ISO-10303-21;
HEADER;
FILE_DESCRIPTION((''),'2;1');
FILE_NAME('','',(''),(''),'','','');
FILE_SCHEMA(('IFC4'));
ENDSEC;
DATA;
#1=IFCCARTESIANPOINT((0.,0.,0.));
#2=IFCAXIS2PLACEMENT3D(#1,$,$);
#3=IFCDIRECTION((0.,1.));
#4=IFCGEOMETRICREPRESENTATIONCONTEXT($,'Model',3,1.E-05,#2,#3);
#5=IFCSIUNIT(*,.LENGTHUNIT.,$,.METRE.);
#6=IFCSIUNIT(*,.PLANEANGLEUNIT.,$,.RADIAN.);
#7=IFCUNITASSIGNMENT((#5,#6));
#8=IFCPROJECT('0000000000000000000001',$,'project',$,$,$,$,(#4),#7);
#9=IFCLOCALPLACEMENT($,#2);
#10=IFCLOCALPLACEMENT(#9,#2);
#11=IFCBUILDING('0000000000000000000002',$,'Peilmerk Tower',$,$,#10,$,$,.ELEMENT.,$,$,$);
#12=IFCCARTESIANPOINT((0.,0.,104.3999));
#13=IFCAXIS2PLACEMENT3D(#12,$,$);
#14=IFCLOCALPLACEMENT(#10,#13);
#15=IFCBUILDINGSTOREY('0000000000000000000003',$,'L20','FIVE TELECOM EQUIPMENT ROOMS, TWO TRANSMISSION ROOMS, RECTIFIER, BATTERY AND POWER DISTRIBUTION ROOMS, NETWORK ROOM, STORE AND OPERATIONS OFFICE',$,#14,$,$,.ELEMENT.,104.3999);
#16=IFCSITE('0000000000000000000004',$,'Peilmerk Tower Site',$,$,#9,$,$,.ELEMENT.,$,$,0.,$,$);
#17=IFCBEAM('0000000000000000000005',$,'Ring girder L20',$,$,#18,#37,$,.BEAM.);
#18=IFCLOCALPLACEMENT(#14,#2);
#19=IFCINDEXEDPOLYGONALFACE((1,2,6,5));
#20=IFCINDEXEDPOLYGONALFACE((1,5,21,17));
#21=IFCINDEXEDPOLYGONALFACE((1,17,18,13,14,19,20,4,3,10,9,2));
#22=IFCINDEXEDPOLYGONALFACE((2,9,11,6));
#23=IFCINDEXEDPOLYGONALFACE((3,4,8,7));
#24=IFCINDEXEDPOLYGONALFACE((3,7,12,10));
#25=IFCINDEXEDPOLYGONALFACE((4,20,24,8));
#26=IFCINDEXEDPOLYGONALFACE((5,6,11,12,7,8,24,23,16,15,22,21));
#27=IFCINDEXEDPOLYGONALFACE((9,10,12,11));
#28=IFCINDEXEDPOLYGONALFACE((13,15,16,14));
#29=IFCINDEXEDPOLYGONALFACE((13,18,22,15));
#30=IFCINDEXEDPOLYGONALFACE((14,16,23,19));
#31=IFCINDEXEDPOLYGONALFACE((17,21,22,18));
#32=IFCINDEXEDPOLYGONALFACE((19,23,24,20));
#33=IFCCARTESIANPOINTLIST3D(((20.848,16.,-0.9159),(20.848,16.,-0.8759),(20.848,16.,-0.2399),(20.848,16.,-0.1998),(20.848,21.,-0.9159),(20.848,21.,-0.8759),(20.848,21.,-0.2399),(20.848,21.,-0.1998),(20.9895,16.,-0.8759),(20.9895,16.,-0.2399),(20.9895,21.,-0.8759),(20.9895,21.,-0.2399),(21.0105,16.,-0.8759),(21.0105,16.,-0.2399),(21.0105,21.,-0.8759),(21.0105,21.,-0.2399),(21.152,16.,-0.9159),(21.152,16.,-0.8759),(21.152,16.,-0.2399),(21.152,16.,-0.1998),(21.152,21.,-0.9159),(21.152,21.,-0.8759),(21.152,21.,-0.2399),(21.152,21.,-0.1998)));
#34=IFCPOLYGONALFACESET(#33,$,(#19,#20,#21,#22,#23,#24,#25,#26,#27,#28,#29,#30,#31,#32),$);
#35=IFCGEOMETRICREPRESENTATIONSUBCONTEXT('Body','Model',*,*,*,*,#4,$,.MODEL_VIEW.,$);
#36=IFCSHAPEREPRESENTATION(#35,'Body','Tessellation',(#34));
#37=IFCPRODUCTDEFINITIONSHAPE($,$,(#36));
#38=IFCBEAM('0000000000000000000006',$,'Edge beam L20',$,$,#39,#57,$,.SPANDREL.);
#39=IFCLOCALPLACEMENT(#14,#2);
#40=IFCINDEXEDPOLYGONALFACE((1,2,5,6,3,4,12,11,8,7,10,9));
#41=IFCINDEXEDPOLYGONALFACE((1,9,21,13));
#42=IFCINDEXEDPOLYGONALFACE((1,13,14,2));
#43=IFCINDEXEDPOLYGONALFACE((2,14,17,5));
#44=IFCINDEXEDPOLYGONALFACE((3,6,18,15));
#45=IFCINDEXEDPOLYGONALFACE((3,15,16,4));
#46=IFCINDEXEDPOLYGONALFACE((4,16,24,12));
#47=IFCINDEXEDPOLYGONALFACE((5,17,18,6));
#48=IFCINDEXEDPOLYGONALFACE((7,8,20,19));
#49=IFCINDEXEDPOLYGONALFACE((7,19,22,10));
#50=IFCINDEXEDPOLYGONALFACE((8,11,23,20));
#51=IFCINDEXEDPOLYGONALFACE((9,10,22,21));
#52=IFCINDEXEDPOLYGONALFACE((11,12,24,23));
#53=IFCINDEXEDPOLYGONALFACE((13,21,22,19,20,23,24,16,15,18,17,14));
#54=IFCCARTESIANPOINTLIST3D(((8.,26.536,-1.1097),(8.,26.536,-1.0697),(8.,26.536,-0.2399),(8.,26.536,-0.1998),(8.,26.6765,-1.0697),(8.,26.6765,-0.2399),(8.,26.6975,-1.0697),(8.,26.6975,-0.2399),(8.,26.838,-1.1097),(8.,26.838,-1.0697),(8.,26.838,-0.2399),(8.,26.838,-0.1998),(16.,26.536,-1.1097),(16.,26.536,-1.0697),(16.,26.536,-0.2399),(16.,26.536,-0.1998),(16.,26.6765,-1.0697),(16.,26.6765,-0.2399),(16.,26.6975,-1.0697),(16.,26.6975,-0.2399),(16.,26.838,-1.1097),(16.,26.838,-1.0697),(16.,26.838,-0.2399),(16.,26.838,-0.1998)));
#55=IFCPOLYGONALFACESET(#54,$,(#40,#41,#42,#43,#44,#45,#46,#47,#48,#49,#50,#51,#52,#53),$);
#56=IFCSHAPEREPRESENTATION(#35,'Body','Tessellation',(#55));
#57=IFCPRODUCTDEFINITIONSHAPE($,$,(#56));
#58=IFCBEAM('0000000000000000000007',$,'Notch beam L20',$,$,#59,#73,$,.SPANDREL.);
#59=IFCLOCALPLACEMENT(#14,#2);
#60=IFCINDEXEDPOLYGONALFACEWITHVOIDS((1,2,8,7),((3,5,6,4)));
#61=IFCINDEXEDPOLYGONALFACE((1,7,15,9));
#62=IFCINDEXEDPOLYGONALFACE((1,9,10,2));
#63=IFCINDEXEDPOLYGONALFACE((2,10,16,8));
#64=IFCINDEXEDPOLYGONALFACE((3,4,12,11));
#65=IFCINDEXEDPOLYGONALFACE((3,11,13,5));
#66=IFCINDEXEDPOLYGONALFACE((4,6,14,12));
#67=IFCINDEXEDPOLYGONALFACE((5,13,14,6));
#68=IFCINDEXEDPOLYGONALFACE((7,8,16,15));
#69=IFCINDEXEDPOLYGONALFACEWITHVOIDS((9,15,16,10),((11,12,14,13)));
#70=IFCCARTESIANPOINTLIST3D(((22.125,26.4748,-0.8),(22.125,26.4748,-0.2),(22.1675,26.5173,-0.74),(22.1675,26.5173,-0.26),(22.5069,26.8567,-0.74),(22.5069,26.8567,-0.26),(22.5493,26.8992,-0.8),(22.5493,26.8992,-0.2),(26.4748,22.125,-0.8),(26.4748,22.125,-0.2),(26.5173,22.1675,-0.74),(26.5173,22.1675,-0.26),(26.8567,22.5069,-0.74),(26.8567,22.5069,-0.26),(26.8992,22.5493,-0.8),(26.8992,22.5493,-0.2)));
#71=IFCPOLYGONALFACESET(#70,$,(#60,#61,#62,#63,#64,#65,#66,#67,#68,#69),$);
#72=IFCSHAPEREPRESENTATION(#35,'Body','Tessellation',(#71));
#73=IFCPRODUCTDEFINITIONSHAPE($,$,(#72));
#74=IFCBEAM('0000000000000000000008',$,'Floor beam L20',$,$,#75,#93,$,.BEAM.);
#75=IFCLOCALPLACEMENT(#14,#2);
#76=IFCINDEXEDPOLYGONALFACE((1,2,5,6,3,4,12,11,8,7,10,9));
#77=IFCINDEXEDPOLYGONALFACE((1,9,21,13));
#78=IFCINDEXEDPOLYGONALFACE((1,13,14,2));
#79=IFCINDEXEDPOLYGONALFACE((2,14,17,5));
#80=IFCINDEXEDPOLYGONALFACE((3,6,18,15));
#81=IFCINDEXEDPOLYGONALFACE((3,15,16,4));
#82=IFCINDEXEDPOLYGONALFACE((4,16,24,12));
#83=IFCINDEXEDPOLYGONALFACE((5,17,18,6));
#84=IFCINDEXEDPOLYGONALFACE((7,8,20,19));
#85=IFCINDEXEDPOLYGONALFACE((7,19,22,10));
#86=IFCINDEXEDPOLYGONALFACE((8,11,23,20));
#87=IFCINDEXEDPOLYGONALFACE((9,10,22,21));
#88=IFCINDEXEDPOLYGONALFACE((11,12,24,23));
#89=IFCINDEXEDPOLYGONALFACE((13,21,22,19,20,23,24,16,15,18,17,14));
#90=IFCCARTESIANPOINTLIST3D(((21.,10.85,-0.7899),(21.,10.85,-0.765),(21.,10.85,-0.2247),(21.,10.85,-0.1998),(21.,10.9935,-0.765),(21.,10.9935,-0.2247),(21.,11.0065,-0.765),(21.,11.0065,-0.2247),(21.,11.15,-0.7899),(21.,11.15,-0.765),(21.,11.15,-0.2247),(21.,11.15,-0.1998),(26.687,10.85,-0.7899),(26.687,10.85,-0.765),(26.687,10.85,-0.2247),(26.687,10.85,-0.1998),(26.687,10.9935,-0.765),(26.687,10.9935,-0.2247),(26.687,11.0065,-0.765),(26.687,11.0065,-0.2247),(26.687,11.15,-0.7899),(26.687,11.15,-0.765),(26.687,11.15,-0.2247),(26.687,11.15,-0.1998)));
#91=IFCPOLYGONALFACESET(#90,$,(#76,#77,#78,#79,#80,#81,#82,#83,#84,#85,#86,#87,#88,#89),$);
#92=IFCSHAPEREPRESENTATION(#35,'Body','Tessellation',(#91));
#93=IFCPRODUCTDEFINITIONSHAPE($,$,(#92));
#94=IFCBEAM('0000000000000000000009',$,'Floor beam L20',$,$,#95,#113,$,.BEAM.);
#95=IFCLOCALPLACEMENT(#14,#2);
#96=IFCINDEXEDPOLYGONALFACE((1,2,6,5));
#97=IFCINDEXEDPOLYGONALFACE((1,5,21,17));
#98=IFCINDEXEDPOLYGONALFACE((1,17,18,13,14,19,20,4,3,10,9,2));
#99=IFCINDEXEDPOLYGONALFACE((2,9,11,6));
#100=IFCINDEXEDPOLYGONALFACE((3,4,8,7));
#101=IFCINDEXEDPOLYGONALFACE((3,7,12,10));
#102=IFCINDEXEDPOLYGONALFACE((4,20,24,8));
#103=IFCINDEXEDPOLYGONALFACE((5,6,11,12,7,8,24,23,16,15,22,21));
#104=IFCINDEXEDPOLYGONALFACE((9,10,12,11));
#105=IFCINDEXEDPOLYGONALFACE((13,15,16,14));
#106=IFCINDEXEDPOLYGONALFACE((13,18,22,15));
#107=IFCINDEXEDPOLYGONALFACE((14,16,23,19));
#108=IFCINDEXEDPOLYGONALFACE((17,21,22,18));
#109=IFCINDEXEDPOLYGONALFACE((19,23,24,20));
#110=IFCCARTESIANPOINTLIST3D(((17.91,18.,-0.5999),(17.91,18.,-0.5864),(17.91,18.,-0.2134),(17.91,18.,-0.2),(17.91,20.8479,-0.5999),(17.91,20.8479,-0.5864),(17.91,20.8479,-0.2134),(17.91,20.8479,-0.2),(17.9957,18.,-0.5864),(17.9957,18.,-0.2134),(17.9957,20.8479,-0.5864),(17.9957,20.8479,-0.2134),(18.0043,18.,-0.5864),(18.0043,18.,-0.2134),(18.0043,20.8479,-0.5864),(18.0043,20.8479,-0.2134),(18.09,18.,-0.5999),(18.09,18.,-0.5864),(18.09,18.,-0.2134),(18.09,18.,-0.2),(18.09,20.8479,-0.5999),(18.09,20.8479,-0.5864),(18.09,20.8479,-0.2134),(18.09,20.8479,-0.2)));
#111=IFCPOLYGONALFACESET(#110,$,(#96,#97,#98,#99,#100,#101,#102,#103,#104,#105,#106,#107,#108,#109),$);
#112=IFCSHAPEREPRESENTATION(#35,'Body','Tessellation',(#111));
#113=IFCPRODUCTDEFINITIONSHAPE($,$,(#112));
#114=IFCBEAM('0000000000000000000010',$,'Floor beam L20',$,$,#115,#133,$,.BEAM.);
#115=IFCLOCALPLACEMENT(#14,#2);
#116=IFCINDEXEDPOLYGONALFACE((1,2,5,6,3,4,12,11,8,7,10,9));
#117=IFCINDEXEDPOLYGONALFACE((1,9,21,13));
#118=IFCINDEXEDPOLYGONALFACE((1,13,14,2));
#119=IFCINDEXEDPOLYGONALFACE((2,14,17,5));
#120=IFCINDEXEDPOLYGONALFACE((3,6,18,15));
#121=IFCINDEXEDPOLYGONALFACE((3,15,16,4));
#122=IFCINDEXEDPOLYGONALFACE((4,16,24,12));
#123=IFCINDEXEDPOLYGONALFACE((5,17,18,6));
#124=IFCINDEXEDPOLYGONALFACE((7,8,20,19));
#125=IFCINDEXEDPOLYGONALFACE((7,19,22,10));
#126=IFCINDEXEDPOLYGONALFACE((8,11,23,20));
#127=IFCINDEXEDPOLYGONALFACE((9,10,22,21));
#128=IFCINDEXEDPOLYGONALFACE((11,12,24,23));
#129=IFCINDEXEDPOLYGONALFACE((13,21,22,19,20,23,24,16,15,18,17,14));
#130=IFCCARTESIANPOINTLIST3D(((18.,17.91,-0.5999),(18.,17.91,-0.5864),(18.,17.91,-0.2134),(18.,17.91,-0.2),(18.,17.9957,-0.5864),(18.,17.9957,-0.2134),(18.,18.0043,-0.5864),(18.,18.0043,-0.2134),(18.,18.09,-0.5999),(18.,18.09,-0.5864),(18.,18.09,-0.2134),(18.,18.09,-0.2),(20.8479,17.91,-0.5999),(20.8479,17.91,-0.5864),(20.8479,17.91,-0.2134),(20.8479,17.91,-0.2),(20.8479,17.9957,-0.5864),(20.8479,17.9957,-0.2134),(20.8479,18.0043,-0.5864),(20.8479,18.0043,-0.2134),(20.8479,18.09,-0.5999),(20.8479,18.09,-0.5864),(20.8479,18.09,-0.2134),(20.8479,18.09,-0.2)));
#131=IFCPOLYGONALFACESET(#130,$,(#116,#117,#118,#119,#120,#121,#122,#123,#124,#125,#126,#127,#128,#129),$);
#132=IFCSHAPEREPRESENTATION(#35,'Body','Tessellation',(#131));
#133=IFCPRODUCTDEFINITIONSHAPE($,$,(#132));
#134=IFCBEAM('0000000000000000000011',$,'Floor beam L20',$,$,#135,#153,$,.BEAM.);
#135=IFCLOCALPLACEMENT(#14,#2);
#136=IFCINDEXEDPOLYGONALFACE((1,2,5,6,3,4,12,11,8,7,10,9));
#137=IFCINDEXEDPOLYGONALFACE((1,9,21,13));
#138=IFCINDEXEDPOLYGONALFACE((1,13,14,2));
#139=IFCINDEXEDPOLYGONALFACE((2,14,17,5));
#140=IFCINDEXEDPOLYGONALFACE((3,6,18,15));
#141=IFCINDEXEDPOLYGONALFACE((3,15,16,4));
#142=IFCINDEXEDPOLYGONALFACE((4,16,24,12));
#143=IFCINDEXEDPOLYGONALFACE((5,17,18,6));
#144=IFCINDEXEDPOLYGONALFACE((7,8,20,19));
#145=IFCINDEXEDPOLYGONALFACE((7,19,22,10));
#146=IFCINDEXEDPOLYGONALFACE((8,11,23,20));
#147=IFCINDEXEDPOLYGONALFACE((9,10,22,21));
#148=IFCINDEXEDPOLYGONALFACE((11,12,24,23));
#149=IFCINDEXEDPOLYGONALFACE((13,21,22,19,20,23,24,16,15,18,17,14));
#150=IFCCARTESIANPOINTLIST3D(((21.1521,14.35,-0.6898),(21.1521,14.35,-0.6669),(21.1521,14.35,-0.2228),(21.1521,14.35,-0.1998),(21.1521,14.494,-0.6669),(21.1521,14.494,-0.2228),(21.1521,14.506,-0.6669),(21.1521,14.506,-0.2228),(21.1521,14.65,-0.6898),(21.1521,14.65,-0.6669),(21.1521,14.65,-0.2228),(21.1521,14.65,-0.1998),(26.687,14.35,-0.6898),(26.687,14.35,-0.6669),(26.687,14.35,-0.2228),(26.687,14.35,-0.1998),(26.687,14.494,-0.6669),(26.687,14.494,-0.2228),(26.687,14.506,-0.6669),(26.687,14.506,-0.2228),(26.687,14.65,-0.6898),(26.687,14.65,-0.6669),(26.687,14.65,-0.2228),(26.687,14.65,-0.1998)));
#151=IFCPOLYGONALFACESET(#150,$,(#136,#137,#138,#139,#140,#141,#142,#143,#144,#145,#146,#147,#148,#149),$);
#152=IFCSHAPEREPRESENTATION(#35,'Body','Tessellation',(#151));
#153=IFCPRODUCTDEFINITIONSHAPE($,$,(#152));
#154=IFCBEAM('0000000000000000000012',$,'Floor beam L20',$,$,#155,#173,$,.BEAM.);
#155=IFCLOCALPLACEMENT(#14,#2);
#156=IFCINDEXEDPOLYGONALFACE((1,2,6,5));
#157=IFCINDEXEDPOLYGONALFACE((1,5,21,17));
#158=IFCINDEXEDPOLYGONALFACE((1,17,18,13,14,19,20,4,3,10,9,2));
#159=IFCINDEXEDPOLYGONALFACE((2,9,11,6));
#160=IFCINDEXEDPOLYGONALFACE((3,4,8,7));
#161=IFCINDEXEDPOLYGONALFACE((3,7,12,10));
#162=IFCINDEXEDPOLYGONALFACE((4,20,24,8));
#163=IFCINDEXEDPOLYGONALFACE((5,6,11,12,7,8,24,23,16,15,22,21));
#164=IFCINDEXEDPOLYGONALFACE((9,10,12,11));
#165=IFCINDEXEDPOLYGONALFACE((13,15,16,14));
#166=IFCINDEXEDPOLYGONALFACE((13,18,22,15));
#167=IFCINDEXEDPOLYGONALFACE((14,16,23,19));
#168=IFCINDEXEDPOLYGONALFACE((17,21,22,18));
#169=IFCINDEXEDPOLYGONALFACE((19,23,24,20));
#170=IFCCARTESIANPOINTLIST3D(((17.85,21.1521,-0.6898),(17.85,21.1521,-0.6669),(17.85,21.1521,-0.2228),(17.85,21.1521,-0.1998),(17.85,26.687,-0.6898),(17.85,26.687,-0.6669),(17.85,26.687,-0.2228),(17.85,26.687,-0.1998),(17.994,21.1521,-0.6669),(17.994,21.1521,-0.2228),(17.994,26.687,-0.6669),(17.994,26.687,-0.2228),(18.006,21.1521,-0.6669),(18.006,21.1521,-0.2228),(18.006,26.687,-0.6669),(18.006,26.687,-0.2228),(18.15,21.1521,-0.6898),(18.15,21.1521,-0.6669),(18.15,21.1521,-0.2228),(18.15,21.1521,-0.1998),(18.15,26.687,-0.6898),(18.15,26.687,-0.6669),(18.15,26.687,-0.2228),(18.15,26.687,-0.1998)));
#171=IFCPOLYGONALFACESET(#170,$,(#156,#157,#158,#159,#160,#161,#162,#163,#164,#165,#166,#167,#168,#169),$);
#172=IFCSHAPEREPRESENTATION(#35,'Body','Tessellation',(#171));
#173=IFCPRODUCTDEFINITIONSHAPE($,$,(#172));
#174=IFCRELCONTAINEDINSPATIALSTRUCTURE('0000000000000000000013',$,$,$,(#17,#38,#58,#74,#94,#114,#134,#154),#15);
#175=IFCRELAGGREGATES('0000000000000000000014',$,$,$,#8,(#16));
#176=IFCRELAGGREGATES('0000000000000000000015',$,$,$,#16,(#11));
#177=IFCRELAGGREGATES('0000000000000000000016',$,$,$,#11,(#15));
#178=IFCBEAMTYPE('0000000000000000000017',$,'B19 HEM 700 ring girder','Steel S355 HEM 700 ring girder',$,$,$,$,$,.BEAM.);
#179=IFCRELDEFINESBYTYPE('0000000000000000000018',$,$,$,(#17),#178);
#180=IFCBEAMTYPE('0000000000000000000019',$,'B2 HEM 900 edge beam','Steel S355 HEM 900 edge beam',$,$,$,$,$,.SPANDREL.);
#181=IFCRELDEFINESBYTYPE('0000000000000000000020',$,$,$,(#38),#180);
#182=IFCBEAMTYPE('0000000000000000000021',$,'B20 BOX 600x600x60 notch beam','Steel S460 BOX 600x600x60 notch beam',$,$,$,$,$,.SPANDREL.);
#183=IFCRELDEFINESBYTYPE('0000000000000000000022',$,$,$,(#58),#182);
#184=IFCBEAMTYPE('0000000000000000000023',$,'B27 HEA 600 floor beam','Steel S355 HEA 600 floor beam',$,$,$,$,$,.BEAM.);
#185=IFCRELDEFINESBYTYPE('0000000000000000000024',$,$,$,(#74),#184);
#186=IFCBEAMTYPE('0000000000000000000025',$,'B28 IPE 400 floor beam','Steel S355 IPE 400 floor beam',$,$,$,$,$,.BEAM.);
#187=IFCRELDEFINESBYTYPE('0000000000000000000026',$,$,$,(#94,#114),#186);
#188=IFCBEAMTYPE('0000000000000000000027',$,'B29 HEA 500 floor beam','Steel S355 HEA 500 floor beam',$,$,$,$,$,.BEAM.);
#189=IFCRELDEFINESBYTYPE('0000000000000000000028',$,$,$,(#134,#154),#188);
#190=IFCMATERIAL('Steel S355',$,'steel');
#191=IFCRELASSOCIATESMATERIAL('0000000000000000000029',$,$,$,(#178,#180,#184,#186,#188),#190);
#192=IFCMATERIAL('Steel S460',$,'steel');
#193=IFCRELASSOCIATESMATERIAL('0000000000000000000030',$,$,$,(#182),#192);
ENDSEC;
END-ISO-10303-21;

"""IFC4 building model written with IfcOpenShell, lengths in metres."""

from ifc_helpers import new_model, si_unit, direction, frame, origin, origin_2d, place, context, subcontext, project, spatial, hollow_rectangle, i_section, extrude, material, material_profile, profile_set, type_object, element, save


model = new_model("IFC4")

# Units and contexts
model_context = context("Model", 3, precision=1e-05, world=origin(), true_north=direction((0.0, 1.0)))
body_context = subcontext(model_context, "Body", "Model", "MODEL_VIEW")
ifc_project = project(units=[si_unit("LENGTHUNIT", "METRE"), si_unit("PLANEANGLEUNIT", "RADIAN")], contexts=[model_context])

# Site, building, storey
site_placement = place(None, origin())
site = spatial("IfcSite", under=ifc_project, at=site_placement, Name="Peilmerk Tower Site", CompositionType="ELEMENT", RefElevation=0.0)
building_placement = place(site_placement, origin())
building = spatial("IfcBuilding", under=site, at=building_placement, Name="Peilmerk Tower", CompositionType="ELEMENT")
storey_placement = place(building_placement, frame((0.0, 0.0, 104.3999)))
storey = spatial("IfcBuildingStorey", under=building, at=storey_placement, Name="L20", Description="FIVE TELECOM EQUIPMENT ROOMS, TWO TRANSMISSION ROOMS, RECTIFIER, BATTERY AND POWER DISTRIBUTION ROOMS, NETWORK ROOM, STORE AND OPERATIONS OFFICE", CompositionType="ELEMENT", Elevation=104.3999)

# Shared definitions
ifc_material_1 = material(Name="Steel S460", Category="steel")

# Beams
ifc_material_2 = material(Name="Steel S355", Category="steel")
ifc_material_profile_1 = material_profile(ifc_material_2, i_section(OverallWidth=0.304, OverallDepth=0.7161, WebThickness=0.021, FlangeThickness=0.04, at=origin_2d()), Name="HEM 700")
ifc_profile_set_1 = profile_set([ifc_material_profile_1], Name="Steel S355")
beam_type_1 = type_object("IfcBeamType", Name="B19 HEM 700 ring girder", Description="Steel S355 HEM 700 ring girder", PredefinedType="BEAM", material=ifc_profile_set_1)
for number, where, z_axis, x_axis, name in (
    (1, (21.0, 16.0, -0.5579), (0.0, 1.0, 0.0), (-1.0, 0.0, 0.0), "Ring girder L20"),
):
    element("IfcBeam", number, at=place(storey_placement, frame(where, z_axis=z_axis, x_axis=x_axis)), inside=storey, type_object=beam_type_1, Name=name, PredefinedType="BEAM", context=body_context, shape_type="SweptSolid", body=[
        extrude(i_section(OverallWidth=0.304, OverallDepth=0.7161, WebThickness=0.021, FlangeThickness=0.04, at=origin_2d()), origin(), (0.0, 0.0, 1.0), 5.0),
    ])
ifc_material_profile_2 = material_profile(ifc_material_2, i_section(OverallWidth=0.302, OverallDepth=0.9099, WebThickness=0.021, FlangeThickness=0.04, at=origin_2d()), Name="HEM 900")
ifc_profile_set_2 = profile_set([ifc_material_profile_2], Name="Steel S355")
beam_type_2 = type_object("IfcBeamType", Name="B2 HEM 900 edge beam", Description="Steel S355 HEM 900 edge beam", PredefinedType="SPANDREL", material=ifc_profile_set_2)
beam_1_placement = place(storey_placement, frame((16.0, 26.687, -0.6548), z_axis=(-1.0, 0.0, 0.0), x_axis=(0.0, -1.0, 0.0)))
element("IfcBeam", 2, at=beam_1_placement, inside=storey, type_object=beam_type_2, Name="Edge beam L20", PredefinedType="SPANDREL", context=body_context, shape_type="SweptSolid", body=[
    extrude(i_section(OverallWidth=0.302, OverallDepth=0.9099, WebThickness=0.021, FlangeThickness=0.04, at=origin_2d()), origin(), (0.0, 0.0, 1.0), 8.0),
])
ifc_material_profile_3 = material_profile(ifc_material_1, hollow_rectangle(XDim=0.6001, YDim=0.6001, WallThickness=0.0601, at=origin_2d()), Name="BOX 600x600x60")
ifc_profile_set_3 = profile_set([ifc_material_profile_3], Name="Steel S460")
beam_type_3 = type_object("IfcBeamType", Name="B20 BOX 600x600x60 notch beam", Description="Steel S460 BOX 600x600x60 notch beam", PredefinedType="SPANDREL", material=ifc_profile_set_3)
beam_2_placement = place(storey_placement, frame((22.3372, 26.687, -0.5), z_axis=(0.707107, -0.707107, 0.0), x_axis=(0.707107, 0.707107, 0.0)))
element("IfcBeam", 3, at=beam_2_placement, inside=storey, type_object=beam_type_3, Name="Notch beam L20", PredefinedType="SPANDREL", context=body_context, shape_type="SweptSolid", body=[
    extrude(hollow_rectangle(XDim=0.6001, YDim=0.6001, WallThickness=0.0601, at=origin_2d()), origin(), (0.0, 0.0, 1.0), 6.1516),
])
ifc_material_profile_4 = material_profile(ifc_material_2, i_section(OverallWidth=0.3, OverallDepth=0.5901, WebThickness=0.0129, FlangeThickness=0.0249, at=origin_2d()), Name="HEA 600")
ifc_profile_set_4 = profile_set([ifc_material_profile_4], Name="Steel S355")
beam_type_4 = type_object("IfcBeamType", Name="B27 HEA 600 floor beam", Description="Steel S355 HEA 600 floor beam", PredefinedType="BEAM", material=ifc_profile_set_4)
beam_3_placement = place(storey_placement, frame((21.0, 11.0, -0.4949), z_axis=(1.0, 0.0, 0.0), x_axis=(0.0, 1.0, 0.0)))
element("IfcBeam", 4, at=beam_3_placement, inside=storey, type_object=beam_type_4, Name="Floor beam L20", PredefinedType="BEAM", context=body_context, shape_type="SweptSolid", body=[
    extrude(i_section(OverallWidth=0.3, OverallDepth=0.5901, WebThickness=0.0129, FlangeThickness=0.0249, at=origin_2d()), origin(), (0.0, 0.0, 1.0), 5.687),
])
ifc_material_profile_5 = material_profile(ifc_material_2, i_section(OverallWidth=0.1799, OverallDepth=0.3999, WebThickness=0.0085, FlangeThickness=0.0134, at=origin_2d()), Name="IPE 400")
ifc_profile_set_5 = profile_set([ifc_material_profile_5], Name="Steel S355")
beam_type_5 = type_object("IfcBeamType", Name="B28 IPE 400 floor beam", Description="Steel S355 IPE 400 floor beam", PredefinedType="BEAM", material=ifc_profile_set_5)
for number, where, z_axis, x_axis, name in (
    (5, (18.0, 18.0, -0.3999), (0.0, 1.0, 0.0), (-1.0, 0.0, 0.0), "Floor beam L20"),
    (6, (18.0, 18.0, -0.3999), (1.0, 0.0, 0.0), (0.0, 1.0, 0.0), "Floor beam L20"),
):
    element("IfcBeam", number, at=place(storey_placement, frame(where, z_axis=z_axis, x_axis=x_axis)), inside=storey, type_object=beam_type_5, Name=name, PredefinedType="BEAM", context=body_context, shape_type="SweptSolid", body=[
        extrude(i_section(OverallWidth=0.1799, OverallDepth=0.3999, WebThickness=0.0085, FlangeThickness=0.0134, at=origin_2d()), origin(), (0.0, 0.0, 1.0), 2.8479),
    ])
ifc_material_profile_6 = material_profile(ifc_material_2, i_section(OverallWidth=0.3, OverallDepth=0.49, WebThickness=0.012, FlangeThickness=0.0229, at=origin_2d()), Name="HEA 500")
ifc_profile_set_6 = profile_set([ifc_material_profile_6], Name="Steel S355")
beam_type_6 = type_object("IfcBeamType", Name="B29 HEA 500 floor beam", Description="Steel S355 HEA 500 floor beam", PredefinedType="BEAM", material=ifc_profile_set_6)
for number, where, z_axis, x_axis, name in (
    (7, (21.1521, 14.5, -0.4448), (1.0, 0.0, 0.0), (0.0, 1.0, 0.0), "Floor beam L20"),
    (8, (18.0, 21.1521, -0.4448), (0.0, 1.0, 0.0), (-1.0, 0.0, 0.0), "Floor beam L20"),
):
    element("IfcBeam", number, at=place(storey_placement, frame(where, z_axis=z_axis, x_axis=x_axis)), inside=storey, type_object=beam_type_6, Name=name, PredefinedType="BEAM", context=body_context, shape_type="SweptSolid", body=[
        extrude(i_section(OverallWidth=0.3, OverallDepth=0.49, WebThickness=0.012, FlangeThickness=0.0229, at=origin_2d()), origin(), (0.0, 0.0, 1.0), 5.5349),
    ])

save(model, "model.ifc")
